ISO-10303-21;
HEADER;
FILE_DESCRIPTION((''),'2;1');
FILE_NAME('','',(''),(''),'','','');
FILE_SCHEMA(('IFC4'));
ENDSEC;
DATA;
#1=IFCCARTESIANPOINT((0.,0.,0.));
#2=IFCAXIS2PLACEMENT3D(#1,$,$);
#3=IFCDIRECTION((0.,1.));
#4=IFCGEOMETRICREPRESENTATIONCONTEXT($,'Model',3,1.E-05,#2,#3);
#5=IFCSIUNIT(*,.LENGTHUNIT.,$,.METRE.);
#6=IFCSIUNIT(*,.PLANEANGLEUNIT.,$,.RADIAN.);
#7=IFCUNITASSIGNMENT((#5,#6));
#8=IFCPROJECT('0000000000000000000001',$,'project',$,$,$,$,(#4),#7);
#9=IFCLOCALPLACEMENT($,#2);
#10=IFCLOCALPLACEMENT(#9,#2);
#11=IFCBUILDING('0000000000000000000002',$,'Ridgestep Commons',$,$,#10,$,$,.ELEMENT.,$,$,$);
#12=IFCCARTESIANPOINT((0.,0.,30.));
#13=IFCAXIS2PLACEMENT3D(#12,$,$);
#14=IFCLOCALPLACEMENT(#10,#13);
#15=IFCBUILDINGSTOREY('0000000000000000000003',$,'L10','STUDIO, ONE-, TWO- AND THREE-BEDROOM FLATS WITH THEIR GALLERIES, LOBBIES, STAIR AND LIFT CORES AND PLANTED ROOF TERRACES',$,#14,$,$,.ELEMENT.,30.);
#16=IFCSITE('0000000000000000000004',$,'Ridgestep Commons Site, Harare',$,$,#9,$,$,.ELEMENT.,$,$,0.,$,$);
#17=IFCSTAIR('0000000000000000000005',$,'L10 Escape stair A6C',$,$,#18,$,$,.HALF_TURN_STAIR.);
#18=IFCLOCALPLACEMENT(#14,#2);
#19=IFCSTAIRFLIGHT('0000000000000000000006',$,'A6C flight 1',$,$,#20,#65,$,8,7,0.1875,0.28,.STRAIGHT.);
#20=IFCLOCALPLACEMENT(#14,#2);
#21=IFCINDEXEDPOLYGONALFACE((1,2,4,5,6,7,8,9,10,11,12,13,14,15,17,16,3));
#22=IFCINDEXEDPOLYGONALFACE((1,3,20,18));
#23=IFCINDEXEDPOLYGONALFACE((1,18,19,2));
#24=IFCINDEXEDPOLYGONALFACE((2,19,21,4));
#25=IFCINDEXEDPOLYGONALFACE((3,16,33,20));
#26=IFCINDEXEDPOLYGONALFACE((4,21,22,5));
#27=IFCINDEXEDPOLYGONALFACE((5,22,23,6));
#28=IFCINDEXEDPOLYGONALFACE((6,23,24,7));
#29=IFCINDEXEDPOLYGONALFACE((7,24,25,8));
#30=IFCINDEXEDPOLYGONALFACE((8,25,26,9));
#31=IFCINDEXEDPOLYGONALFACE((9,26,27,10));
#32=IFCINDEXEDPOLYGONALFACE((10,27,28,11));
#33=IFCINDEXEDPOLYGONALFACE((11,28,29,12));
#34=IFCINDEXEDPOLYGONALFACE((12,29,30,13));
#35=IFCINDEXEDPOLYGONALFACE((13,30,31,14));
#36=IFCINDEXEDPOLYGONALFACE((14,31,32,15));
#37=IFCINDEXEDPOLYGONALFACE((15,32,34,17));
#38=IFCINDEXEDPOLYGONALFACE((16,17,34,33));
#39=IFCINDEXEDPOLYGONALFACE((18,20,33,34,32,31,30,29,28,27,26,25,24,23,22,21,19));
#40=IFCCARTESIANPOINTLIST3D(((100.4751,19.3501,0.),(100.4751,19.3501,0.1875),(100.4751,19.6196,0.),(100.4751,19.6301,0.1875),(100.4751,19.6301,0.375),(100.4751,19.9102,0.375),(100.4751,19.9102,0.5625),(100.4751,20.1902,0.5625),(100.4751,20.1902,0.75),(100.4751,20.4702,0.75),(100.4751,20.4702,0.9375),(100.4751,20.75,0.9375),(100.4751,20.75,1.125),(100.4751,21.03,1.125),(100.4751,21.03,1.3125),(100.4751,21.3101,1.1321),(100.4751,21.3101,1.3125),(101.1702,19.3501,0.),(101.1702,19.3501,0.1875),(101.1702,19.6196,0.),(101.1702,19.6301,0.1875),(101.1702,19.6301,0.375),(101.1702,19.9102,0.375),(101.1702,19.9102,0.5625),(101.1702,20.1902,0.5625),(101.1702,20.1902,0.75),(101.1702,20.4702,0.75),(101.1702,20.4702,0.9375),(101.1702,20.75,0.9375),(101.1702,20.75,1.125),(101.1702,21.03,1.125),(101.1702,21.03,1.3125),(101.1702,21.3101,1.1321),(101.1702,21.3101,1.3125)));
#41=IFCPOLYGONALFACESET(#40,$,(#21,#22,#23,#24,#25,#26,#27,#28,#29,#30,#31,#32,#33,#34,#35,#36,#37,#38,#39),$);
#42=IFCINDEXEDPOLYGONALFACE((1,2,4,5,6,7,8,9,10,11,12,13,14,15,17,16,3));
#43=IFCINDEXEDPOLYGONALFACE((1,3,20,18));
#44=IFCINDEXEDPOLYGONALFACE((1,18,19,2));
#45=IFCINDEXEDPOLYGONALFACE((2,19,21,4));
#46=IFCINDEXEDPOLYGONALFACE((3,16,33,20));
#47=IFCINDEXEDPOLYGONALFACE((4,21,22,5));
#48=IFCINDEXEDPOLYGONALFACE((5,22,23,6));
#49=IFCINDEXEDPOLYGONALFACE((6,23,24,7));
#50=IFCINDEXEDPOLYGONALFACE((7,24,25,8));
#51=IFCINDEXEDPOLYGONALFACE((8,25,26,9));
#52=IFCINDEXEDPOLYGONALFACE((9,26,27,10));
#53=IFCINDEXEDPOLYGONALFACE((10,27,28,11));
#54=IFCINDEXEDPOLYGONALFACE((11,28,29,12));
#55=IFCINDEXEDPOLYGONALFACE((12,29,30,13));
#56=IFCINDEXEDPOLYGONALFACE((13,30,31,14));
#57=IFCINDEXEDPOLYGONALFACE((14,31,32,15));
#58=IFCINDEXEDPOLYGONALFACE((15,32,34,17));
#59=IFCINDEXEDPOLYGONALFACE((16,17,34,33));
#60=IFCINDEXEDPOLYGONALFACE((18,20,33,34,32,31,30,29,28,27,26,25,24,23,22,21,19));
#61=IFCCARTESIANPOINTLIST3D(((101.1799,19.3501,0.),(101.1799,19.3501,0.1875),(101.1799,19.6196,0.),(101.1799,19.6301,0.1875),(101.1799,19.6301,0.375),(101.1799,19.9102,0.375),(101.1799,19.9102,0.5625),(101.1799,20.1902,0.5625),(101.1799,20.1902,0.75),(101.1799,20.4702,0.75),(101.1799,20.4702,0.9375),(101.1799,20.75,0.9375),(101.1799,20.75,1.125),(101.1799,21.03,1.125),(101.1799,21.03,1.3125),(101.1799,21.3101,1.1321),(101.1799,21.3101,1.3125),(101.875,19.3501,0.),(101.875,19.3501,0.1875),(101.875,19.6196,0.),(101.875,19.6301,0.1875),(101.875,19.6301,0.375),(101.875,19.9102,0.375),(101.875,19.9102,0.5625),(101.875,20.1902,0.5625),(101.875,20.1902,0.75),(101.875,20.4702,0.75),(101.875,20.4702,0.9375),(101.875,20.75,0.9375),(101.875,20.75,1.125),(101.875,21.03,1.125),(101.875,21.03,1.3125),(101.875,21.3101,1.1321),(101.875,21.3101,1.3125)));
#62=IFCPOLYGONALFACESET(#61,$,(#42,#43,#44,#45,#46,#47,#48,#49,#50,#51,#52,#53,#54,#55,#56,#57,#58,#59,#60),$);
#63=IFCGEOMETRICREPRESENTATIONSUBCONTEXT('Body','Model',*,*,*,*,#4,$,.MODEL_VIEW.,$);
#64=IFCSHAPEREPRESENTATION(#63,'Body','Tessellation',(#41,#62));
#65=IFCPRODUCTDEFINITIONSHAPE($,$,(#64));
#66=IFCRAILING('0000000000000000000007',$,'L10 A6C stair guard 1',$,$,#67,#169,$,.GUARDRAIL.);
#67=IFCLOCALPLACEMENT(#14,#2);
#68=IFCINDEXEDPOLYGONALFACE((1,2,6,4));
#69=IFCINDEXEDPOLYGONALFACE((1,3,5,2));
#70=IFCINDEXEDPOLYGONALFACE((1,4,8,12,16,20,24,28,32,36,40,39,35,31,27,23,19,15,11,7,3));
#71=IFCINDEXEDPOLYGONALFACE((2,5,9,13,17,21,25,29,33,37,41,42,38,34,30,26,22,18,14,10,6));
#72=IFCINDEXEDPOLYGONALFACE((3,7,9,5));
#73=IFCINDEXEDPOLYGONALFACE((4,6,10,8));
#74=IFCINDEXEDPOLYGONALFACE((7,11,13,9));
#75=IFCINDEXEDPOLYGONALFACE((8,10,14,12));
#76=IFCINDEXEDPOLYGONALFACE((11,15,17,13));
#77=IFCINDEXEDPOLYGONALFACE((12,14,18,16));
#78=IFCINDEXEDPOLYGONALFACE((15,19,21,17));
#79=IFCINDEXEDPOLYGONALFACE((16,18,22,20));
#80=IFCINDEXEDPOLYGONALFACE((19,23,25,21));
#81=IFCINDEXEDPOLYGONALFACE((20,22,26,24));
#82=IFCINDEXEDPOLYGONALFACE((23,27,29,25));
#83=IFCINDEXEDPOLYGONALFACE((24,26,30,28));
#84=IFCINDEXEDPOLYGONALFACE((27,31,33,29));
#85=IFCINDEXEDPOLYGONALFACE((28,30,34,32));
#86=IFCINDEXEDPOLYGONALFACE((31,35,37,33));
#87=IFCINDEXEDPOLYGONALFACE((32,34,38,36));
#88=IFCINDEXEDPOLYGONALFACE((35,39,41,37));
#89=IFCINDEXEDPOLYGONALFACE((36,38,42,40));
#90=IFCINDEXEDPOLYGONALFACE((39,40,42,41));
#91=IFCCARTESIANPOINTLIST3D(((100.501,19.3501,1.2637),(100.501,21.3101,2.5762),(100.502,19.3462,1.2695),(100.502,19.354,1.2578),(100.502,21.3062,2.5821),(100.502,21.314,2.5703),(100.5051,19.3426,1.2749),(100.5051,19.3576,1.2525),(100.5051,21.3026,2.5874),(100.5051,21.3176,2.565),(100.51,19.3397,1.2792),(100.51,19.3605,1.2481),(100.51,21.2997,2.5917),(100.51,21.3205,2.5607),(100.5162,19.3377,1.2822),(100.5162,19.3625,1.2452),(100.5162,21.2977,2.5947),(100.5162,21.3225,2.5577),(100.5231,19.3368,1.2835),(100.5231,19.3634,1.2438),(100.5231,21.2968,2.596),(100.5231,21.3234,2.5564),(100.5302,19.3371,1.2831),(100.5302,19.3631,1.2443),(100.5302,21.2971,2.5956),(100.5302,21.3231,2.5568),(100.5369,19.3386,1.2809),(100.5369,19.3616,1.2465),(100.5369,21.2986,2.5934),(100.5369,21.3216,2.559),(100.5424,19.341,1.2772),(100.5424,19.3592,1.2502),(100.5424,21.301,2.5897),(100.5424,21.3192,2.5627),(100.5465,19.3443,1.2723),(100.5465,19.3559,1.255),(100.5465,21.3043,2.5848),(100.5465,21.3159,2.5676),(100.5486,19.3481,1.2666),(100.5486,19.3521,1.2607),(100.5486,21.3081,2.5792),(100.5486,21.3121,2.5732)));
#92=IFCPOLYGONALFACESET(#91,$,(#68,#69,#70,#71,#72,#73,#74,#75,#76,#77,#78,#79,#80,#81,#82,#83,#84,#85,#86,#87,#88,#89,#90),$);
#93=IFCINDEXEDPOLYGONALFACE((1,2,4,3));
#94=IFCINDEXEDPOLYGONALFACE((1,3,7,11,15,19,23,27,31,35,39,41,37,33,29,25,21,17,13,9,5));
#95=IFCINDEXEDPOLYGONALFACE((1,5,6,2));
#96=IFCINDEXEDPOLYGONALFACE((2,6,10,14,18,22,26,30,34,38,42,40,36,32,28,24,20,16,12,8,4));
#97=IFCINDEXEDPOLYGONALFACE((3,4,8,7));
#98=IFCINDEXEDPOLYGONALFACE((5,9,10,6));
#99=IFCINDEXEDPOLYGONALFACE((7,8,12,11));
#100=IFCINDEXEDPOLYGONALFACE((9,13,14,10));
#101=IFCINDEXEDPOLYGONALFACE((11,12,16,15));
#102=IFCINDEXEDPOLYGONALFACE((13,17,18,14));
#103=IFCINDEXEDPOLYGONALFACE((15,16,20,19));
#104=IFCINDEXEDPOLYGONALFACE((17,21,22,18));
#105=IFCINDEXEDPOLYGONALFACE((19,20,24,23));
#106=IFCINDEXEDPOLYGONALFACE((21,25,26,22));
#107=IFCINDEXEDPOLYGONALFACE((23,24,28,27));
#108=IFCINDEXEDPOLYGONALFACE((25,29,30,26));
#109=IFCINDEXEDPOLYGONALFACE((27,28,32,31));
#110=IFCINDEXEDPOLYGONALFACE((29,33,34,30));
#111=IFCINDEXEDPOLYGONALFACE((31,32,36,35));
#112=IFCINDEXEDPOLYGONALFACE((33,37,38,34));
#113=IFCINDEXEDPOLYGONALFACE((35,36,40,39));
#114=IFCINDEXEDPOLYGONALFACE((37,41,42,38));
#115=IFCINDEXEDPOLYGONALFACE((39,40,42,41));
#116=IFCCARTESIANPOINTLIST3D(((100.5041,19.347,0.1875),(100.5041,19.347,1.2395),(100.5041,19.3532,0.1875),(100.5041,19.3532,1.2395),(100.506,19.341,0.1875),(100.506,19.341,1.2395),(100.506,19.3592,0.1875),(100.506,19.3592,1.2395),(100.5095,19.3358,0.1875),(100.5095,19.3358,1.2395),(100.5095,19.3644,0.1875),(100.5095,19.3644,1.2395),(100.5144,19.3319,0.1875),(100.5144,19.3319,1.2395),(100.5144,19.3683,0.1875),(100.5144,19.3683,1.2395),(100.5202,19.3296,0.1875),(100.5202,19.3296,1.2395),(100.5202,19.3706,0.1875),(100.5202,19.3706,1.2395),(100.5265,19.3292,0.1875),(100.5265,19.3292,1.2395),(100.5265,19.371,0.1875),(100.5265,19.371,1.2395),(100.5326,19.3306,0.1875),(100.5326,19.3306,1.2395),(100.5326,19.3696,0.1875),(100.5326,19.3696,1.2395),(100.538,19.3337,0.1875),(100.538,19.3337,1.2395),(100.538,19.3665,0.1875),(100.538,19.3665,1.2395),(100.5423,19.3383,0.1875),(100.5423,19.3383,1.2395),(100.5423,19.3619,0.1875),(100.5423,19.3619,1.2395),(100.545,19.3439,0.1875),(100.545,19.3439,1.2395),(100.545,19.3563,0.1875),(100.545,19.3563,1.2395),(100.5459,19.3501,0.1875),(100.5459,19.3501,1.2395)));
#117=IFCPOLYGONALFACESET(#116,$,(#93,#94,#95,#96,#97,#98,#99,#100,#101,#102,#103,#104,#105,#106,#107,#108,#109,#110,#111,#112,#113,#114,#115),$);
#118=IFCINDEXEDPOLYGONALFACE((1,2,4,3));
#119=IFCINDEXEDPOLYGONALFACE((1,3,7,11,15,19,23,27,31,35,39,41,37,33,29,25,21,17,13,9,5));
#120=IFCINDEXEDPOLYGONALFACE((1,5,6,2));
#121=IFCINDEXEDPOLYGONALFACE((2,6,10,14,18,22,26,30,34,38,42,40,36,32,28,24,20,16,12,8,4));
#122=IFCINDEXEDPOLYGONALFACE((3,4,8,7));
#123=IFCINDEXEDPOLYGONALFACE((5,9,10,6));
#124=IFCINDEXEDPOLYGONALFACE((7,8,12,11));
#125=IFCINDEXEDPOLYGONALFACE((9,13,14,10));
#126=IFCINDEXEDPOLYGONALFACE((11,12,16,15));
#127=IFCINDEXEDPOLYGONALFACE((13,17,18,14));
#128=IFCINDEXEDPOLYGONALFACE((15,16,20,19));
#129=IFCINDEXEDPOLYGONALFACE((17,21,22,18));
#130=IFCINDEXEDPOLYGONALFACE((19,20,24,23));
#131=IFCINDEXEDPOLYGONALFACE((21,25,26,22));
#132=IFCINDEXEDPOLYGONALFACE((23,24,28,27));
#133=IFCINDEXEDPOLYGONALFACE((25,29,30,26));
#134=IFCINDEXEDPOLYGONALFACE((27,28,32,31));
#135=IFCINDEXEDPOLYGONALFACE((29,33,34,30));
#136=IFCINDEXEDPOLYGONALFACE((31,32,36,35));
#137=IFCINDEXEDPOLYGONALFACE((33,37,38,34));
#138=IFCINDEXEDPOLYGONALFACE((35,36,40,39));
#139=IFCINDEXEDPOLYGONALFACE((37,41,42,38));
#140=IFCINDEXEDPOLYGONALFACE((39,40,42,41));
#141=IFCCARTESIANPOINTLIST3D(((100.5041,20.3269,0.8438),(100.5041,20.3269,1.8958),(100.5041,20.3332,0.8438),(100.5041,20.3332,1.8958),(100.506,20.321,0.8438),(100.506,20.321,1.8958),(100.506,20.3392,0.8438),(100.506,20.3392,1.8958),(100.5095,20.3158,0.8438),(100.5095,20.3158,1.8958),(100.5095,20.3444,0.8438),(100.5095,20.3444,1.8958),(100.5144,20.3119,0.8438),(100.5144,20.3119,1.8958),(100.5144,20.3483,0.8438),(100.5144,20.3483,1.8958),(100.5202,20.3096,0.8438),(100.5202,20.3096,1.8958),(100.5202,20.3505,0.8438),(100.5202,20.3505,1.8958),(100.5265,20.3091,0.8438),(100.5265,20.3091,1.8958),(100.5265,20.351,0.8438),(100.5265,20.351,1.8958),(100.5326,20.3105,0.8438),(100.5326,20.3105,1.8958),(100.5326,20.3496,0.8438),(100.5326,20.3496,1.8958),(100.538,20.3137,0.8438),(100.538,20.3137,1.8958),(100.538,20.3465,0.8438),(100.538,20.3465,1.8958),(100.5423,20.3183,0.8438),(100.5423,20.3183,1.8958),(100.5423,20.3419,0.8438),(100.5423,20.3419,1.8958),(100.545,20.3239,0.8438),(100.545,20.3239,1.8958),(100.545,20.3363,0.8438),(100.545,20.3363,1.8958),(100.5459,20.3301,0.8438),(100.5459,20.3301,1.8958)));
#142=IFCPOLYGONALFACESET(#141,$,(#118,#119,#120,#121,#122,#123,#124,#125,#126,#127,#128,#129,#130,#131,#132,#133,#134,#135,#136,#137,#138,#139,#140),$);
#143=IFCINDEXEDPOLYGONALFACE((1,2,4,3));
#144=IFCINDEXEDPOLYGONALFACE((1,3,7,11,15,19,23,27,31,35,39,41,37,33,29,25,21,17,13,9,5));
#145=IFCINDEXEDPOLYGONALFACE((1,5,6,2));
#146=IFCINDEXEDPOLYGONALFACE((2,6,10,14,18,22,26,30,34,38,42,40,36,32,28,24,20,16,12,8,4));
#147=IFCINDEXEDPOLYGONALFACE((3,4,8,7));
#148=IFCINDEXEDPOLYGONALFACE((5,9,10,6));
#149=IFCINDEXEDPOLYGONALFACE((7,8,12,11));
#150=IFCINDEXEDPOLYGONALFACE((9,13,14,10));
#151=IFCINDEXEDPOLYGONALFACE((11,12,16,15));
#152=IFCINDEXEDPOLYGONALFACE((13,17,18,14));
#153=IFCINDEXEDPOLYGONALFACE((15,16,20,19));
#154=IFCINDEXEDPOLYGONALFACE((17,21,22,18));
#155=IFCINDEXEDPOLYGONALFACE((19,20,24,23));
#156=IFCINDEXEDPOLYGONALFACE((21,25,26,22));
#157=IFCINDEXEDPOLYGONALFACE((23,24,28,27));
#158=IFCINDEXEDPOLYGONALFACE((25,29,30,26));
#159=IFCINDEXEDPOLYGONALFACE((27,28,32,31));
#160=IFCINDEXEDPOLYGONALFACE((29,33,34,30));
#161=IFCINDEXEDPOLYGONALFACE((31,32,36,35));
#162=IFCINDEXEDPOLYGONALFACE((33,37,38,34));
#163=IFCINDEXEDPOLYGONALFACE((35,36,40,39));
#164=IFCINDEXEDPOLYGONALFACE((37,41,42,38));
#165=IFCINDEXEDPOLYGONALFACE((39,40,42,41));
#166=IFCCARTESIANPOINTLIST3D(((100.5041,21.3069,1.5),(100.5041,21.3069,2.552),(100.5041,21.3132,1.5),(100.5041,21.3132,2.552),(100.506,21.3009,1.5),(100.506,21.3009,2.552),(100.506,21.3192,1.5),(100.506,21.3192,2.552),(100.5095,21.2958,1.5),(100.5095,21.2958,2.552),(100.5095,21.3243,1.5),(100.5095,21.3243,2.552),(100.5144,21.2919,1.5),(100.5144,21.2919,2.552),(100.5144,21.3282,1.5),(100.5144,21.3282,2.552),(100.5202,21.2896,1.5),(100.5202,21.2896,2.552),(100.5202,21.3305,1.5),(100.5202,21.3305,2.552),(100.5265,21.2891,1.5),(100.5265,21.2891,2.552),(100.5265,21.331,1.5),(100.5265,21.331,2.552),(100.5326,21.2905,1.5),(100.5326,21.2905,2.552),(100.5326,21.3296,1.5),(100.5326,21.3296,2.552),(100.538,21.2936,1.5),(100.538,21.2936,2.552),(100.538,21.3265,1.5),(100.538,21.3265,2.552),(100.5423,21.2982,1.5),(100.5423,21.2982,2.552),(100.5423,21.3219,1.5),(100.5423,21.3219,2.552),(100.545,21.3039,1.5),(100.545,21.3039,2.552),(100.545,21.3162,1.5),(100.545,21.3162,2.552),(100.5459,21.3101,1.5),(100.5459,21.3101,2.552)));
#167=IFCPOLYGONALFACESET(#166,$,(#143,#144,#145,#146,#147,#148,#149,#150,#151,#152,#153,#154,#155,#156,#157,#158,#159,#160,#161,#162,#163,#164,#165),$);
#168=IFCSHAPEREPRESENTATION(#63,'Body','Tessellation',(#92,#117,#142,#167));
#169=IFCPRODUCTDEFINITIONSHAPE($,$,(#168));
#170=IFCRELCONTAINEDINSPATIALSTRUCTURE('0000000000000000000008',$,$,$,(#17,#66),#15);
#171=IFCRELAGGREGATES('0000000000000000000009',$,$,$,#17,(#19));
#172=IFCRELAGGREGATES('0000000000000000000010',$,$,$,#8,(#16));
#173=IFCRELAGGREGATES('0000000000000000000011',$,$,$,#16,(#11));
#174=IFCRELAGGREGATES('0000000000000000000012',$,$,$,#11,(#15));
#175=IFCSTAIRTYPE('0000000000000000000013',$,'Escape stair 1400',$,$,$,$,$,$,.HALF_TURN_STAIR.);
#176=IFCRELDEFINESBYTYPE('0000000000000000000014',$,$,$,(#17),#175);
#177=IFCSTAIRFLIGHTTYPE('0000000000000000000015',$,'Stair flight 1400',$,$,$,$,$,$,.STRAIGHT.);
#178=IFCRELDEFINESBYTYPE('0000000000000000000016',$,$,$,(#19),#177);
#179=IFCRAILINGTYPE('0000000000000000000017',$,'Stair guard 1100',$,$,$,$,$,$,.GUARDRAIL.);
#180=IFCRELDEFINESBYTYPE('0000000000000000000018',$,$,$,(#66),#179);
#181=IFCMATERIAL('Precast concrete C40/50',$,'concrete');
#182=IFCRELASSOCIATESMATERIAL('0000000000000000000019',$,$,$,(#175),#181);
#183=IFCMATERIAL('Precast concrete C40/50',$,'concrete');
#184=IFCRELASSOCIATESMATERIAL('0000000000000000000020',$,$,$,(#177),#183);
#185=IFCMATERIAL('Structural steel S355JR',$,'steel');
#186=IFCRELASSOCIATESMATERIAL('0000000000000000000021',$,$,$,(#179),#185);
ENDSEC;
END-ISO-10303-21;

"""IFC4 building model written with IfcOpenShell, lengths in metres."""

from ifc_helpers import new_model, si_unit, direction, frame, origin, origin_2d, place, context, subcontext, project, spatial, polyline, circle, outline, extrude, material, type_object, element, aggregate, save


model = new_model("IFC4")

# Units and contexts
model_context = context("Model", 3, precision=1e-05, world=origin(), true_north=direction((0.0, 1.0)))
body_context = subcontext(model_context, "Body", "Model", "MODEL_VIEW")
ifc_project = project(units=[si_unit("LENGTHUNIT", "METRE"), si_unit("PLANEANGLEUNIT", "RADIAN")], contexts=[model_context])

# Site, building, storey
site_placement = place(None, origin())
site = spatial("IfcSite", under=ifc_project, at=site_placement, Name="Ridgestep Commons Site, Harare", CompositionType="ELEMENT", RefElevation=0.0)
building_placement = place(site_placement, origin())
building = spatial("IfcBuilding", under=site, at=building_placement, Name="Ridgestep Commons", CompositionType="ELEMENT")
storey_placement = place(building_placement, frame((0.0, 0.0, 30.0)))
storey = spatial("IfcBuildingStorey", under=building, at=storey_placement, Name="L10", Description="STUDIO, ONE-, TWO- AND THREE-BEDROOM FLATS WITH THEIR GALLERIES, LOBBIES, STAIR AND LIFT CORES AND PLANTED ROOF TERRACES", CompositionType="ELEMENT", Elevation=30.0)

# Stair, stair flight
ifc_material_1 = material(Name="Precast concrete C40/50", Category="concrete")
stair_type = type_object("IfcStairType", Name="Escape stair 1400", PredefinedType="HALF_TURN_STAIR", material=ifc_material_1)
stair_placement = place(storey_placement, origin())
stair = element("IfcStair", 1, at=stair_placement, inside=storey, type_object=stair_type, Name="L10 Escape stair A6C", PredefinedType="HALF_TURN_STAIR")
ifc_material_2 = material(Name="Precast concrete C40/50", Category="concrete")
stair_flight_type = type_object("IfcStairFlightType", Name="Stair flight 1400", PredefinedType="STRAIGHT", material=ifc_material_2)
stair_flight_placement = place(storey_placement, frame((101.175, 19.3501, 0.0), z_axis=(0.0, 0.0, 1.0), x_axis=(0.0, 1.0, 0.0)))
stair_flight = element("IfcStairFlight", 2, at=stair_flight_placement, type_object=stair_flight_type, Name="A6C flight 1", NumberOfRisers=8, NumberOfTreads=7, PredefinedType="STRAIGHT", RiserHeight=0.1875, TreadLength=0.28, context=body_context, shape_type="SweptSolid", body=[
    extrude(outline(polyline([(0.0, 0.0), (0.0, 0.1875), (0.28, 0.1875), (0.28, 0.375), (0.5601, 0.375), (0.5601, 0.5625), (0.8401, 0.5625), (0.8401, 0.75), (1.1201, 0.75), (1.1201, 0.9375), (1.3999, 0.9375), (1.3999, 1.125), (1.6799, 1.125), (1.6799, 1.3125), (1.96, 1.3125), (1.96, 1.5), (1.96, 1.1321), (0.2695, 0.0), (0.0, 0.0)])), frame((0.0, 0.7, 0.0), z_axis=(0.0, -1.0, 0.0), x_axis=(1.0, 0.0, 0.0)), (0.0, 0.0, 1.0), 0.6951),
    extrude(outline(polyline([(0.0, 0.0), (0.0, 0.1875), (0.28, 0.1875), (0.28, 0.375), (0.5601, 0.375), (0.5601, 0.5625), (0.8401, 0.5625), (0.8401, 0.75), (1.1201, 0.75), (1.1201, 0.9375), (1.3999, 0.9375), (1.3999, 1.125), (1.6799, 1.125), (1.6799, 1.3125), (1.96, 1.3125), (1.96, 1.5), (1.96, 1.1321), (0.2695, 0.0), (0.0, 0.0)])), frame((0.0, -0.0049, 0.0), z_axis=(0.0, -1.0, 0.0), x_axis=(1.0, 0.0, 0.0)), (0.0, 0.0, 1.0), 0.6951),
])
aggregate(stair, [stair_flight])

# Railing
ifc_material_3 = material(Name="Structural steel S355JR", Category="steel")
railing_type_1 = type_object("IfcRailingType", Name="Stair guard 1100", PredefinedType="GUARDRAIL", material=ifc_material_3)
railing_1_placement = place(storey_placement, frame((100.5249, 19.3501, 0.1875)))
element("IfcRailing", 3, at=railing_1_placement, inside=storey, type_object=railing_type_1, Name="L10 A6C stair guard 1", PredefinedType="GUARDRAIL", context=body_context, shape_type="SweptSolid", body=[
    extrude(circle(Radius=0.0239, at=origin_2d()), frame((0.0, 0.0, 1.0762), z_axis=(0.0, 0.830902, 0.556419), x_axis=(-1.0, 0.0, 0.0)), (0.0, 0.0, 1.0), 2.3589),
    extrude(circle(Radius=0.021, at=origin_2d()), origin(), (0.0, 0.0, 1.0), 1.052),
    extrude(circle(Radius=0.021, at=origin_2d()), frame((0.0, 0.98, 0.6562)), (0.0, 0.0, 1.0), 1.052),
    extrude(circle(Radius=0.021, at=origin_2d()), frame((0.0, 1.96, 1.3125)), (0.0, 0.0, 1.0), 1.052),
])

save(model, "model.ifc")
